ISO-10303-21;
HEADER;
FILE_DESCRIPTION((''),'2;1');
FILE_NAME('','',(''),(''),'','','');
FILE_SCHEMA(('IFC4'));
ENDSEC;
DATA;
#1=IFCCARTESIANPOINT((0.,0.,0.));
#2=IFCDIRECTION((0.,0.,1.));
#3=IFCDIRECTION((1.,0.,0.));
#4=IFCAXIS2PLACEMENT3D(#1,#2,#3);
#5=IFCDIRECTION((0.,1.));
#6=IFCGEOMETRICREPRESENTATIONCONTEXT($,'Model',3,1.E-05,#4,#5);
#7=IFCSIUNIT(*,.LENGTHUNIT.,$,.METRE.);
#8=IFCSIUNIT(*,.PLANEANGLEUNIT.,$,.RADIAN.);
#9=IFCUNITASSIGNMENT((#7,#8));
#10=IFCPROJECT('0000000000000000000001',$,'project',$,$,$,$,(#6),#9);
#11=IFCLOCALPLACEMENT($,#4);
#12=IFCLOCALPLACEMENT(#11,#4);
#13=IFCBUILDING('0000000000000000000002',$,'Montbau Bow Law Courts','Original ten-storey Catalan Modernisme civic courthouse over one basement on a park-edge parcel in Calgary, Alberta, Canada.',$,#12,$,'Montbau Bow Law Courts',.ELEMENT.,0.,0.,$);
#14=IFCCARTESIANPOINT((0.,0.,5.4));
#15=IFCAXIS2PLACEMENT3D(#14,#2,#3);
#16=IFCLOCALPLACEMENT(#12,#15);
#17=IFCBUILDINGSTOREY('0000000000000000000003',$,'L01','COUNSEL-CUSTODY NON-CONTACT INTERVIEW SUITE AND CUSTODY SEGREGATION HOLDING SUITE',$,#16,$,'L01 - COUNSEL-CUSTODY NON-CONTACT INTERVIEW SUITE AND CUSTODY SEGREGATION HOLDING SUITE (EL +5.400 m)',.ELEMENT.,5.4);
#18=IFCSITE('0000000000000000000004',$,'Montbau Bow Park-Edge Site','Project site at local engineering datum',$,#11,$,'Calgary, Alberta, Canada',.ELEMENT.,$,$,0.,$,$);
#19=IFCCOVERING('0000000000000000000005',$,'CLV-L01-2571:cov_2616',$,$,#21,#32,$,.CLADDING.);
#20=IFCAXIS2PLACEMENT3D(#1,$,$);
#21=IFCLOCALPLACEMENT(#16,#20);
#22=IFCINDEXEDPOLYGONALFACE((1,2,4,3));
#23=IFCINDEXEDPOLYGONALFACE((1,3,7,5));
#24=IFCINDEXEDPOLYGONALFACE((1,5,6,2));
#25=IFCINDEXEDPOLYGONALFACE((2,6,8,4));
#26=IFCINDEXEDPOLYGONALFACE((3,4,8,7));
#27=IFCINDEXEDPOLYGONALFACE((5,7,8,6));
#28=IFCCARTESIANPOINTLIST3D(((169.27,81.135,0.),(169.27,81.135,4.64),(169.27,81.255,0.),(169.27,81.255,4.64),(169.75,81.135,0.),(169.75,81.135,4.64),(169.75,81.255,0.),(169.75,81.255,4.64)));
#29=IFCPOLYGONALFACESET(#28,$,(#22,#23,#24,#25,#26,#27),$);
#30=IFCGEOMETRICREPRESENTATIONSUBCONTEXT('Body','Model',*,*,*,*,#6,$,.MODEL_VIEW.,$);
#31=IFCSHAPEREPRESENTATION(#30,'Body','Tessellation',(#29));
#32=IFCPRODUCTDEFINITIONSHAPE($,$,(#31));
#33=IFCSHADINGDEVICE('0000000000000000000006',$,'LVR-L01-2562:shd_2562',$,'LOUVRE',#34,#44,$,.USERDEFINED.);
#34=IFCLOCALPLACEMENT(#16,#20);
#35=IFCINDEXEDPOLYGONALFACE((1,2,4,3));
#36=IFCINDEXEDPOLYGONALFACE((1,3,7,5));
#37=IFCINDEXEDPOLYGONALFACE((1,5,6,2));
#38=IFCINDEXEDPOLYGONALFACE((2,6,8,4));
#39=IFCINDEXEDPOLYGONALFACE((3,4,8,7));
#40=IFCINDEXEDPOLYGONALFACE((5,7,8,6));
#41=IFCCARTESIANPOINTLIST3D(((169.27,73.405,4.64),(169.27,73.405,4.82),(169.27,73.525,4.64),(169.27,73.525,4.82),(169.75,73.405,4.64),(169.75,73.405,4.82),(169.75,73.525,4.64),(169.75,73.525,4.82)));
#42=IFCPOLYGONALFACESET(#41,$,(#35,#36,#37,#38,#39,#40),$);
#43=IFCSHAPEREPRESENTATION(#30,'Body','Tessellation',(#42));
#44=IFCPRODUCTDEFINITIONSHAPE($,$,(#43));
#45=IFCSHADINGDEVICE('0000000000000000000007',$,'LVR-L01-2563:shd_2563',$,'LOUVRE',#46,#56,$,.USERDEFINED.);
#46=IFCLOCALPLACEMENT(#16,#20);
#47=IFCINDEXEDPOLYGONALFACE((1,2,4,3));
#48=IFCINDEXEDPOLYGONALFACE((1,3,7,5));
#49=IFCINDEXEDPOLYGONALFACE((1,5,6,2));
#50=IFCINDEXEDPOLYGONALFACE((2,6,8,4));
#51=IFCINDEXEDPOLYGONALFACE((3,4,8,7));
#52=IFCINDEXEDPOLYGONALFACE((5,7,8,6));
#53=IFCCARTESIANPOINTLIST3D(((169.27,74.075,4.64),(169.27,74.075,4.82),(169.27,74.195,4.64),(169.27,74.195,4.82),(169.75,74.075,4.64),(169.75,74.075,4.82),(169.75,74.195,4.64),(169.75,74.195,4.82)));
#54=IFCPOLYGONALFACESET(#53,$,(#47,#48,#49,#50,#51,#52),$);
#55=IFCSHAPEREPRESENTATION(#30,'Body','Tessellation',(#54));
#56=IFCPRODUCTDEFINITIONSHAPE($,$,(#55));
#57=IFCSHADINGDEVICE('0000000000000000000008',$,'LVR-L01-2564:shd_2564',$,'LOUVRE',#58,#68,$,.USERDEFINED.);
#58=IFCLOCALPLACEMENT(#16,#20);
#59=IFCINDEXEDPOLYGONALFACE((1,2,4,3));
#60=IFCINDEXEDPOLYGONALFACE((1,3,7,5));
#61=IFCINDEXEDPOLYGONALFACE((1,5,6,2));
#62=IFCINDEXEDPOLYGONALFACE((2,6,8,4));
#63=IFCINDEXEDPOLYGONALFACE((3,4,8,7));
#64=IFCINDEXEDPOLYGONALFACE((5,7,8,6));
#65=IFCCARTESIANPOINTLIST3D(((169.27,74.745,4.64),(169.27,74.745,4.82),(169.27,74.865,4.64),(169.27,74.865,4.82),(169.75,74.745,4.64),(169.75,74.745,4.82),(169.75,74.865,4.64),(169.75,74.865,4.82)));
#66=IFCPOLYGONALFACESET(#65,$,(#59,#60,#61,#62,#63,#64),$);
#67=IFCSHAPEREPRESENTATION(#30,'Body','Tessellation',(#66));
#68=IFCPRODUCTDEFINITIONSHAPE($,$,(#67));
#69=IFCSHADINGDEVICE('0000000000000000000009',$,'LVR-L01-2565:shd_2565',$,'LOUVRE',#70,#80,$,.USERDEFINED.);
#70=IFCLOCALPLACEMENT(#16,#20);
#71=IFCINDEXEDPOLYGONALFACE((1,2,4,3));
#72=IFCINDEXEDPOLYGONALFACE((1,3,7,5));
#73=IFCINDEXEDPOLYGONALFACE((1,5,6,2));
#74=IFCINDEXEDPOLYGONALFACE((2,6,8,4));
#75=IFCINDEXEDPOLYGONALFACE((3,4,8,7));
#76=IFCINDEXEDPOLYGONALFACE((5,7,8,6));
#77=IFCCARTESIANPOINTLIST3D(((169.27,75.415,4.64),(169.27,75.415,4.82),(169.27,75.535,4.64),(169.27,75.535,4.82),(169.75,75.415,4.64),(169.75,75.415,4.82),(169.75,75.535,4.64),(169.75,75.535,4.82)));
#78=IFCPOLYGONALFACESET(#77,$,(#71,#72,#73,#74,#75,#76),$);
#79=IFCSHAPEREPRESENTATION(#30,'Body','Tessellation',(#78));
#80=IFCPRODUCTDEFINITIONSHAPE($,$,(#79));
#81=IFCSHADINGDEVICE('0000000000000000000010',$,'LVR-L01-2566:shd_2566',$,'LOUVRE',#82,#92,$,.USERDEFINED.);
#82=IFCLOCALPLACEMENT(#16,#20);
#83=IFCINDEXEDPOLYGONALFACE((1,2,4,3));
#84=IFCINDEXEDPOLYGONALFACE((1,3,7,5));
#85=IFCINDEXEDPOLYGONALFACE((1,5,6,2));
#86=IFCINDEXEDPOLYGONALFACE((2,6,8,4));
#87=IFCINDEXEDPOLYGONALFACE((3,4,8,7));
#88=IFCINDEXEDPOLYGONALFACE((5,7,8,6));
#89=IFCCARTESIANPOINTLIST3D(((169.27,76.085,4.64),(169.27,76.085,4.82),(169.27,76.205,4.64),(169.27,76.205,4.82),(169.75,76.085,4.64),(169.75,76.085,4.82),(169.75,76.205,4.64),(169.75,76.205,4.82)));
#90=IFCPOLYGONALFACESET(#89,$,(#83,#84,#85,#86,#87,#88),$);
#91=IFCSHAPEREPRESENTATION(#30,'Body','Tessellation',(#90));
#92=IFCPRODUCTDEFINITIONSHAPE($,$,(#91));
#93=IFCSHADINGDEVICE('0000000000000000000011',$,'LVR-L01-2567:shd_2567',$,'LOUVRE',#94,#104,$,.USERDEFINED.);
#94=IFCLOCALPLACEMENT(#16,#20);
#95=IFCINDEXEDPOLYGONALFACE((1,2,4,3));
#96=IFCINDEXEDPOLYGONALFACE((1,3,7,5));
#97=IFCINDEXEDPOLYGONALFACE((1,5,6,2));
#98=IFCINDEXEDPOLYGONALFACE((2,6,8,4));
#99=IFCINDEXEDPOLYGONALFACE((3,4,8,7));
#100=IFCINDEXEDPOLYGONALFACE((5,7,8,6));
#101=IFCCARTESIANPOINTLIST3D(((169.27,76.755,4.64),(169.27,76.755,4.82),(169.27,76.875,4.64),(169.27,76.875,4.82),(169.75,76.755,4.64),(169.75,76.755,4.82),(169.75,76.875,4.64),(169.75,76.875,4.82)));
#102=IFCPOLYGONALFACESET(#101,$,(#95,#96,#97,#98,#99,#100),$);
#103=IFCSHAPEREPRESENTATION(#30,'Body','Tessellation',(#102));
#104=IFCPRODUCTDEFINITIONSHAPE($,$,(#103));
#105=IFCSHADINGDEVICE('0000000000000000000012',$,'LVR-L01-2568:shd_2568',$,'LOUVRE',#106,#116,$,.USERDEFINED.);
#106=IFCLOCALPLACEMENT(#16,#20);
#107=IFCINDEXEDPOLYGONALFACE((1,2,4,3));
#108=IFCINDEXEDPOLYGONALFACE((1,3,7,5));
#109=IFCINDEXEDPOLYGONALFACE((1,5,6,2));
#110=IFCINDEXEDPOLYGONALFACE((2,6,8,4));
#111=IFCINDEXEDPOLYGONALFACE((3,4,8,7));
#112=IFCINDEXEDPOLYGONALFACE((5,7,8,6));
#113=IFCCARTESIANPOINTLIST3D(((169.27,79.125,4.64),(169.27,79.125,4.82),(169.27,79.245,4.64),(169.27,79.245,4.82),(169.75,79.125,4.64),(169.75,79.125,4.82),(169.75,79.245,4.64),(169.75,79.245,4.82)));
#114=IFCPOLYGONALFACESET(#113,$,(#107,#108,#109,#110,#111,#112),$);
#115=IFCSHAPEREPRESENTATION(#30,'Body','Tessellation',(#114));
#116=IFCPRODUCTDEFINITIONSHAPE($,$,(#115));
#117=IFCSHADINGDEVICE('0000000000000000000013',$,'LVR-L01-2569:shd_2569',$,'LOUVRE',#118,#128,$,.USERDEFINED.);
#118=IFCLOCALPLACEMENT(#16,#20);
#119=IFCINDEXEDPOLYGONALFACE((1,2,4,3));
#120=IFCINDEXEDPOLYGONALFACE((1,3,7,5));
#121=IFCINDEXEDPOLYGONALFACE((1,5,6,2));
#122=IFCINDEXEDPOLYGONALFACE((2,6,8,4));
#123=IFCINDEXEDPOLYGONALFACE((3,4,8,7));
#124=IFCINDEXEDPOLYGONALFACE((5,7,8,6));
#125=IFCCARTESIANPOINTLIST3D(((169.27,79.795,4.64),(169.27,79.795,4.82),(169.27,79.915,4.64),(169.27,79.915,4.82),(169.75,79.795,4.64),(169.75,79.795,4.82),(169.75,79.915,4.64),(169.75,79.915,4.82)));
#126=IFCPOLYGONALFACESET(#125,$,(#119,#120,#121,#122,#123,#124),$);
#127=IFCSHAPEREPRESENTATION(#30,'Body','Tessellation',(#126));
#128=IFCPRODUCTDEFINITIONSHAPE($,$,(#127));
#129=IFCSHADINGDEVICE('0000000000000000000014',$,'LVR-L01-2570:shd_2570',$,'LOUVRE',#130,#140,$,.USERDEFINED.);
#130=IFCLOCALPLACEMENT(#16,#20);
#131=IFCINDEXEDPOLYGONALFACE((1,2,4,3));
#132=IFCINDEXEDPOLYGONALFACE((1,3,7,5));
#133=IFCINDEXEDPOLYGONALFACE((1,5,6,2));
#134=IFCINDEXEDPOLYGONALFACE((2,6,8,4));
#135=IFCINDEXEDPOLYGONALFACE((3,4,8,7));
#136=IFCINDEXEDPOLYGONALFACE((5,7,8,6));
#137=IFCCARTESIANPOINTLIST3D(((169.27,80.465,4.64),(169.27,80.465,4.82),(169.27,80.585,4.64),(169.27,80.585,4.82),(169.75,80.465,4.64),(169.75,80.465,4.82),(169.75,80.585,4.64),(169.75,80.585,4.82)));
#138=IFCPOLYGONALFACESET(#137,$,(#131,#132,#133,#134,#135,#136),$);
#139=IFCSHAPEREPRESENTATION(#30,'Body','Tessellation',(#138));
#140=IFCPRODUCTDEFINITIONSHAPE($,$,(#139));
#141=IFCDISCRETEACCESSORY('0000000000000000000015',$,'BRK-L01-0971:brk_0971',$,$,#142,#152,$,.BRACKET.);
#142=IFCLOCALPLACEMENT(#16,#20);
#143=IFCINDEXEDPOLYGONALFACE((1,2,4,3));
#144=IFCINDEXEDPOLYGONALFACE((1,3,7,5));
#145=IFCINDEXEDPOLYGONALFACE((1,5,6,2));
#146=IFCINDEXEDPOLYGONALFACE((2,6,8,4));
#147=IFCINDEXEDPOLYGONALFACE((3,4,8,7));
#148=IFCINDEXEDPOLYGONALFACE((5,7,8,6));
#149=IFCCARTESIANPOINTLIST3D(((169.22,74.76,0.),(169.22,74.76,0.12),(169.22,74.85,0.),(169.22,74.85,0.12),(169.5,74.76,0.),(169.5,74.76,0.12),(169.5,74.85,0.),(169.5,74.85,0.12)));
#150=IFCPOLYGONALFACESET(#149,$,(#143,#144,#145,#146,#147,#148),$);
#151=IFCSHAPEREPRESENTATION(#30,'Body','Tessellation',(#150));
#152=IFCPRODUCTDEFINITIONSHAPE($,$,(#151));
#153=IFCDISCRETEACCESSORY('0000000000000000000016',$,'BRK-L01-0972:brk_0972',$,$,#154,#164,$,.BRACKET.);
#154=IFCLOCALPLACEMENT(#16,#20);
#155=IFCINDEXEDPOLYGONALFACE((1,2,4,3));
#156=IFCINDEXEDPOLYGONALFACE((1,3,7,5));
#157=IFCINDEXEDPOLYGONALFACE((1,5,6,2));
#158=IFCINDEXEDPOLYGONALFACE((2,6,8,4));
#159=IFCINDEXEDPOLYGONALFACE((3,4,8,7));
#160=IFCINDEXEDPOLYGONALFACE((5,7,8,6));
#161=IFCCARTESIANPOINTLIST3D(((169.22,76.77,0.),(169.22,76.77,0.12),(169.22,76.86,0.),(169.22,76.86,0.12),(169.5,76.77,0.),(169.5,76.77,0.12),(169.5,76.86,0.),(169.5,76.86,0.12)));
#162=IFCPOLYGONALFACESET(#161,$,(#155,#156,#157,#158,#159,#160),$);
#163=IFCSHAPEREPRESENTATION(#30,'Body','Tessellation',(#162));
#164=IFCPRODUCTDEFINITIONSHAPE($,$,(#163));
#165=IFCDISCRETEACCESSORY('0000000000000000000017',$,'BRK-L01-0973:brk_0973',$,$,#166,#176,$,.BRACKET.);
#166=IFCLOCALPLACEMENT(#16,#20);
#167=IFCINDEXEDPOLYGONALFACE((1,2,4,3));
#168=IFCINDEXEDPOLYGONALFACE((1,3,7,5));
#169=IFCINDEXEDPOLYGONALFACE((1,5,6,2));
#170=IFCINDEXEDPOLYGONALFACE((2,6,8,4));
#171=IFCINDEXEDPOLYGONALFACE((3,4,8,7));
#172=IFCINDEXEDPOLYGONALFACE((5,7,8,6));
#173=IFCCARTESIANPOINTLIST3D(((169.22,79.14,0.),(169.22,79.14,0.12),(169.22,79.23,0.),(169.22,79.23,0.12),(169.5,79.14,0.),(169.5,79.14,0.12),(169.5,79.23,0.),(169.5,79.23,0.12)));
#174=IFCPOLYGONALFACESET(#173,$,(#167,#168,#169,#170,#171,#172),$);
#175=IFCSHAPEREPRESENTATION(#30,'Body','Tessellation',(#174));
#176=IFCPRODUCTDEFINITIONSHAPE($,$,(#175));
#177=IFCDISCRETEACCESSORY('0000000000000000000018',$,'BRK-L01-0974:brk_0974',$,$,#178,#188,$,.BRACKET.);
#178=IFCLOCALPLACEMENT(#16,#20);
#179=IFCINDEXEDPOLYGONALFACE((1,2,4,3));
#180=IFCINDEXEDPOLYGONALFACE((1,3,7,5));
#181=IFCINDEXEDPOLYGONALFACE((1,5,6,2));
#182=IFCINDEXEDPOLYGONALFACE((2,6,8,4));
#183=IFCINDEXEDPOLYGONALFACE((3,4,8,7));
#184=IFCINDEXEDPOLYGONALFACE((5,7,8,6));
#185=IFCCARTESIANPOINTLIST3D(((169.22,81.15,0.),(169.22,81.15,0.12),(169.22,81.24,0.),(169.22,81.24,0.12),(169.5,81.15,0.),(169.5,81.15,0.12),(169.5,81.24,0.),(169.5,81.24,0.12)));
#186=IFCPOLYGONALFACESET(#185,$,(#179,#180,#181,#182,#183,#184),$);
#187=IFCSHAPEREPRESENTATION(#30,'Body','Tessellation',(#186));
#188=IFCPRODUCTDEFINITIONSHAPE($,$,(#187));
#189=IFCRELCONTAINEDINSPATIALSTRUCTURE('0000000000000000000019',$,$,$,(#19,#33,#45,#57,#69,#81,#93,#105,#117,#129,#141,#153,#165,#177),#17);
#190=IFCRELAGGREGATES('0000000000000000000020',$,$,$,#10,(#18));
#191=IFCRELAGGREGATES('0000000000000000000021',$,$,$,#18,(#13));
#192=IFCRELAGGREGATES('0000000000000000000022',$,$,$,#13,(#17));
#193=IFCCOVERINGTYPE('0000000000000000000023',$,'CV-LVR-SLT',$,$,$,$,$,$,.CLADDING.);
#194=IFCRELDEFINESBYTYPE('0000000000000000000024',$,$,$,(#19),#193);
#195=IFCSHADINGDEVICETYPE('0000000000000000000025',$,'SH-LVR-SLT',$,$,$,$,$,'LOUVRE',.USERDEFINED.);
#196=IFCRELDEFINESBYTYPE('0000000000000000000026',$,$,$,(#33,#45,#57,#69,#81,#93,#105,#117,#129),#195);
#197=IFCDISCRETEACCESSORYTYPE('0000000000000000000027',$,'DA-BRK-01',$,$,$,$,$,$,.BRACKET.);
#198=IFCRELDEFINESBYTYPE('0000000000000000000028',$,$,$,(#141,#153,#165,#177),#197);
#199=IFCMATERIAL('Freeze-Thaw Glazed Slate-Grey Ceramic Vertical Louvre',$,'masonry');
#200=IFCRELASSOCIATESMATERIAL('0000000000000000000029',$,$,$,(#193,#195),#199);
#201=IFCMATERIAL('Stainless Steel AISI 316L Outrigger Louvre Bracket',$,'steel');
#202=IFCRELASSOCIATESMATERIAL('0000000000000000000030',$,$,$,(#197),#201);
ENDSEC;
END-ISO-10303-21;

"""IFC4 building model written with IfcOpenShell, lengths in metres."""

from ifc_helpers import new_model, si_unit, direction, frame, frame_2d, origin_with_axes, origin_2d_with_axis, place, context, subcontext, project, spatial, rectangle, extrude, material, type_object, element, save


model = new_model("IFC4")

# Units and contexts
model_context = context("Model", 3, precision=1e-05, world=origin_with_axes(), true_north=direction((0.0, 1.0)))
body_context = subcontext(model_context, "Body", "Model", "MODEL_VIEW")
ifc_project = project(units=[si_unit("LENGTHUNIT", "METRE"), si_unit("PLANEANGLEUNIT", "RADIAN")], contexts=[model_context])

# Site, building, storey
site_placement = place(None, origin_with_axes())
site = spatial("IfcSite", under=ifc_project, at=site_placement, Name="Montbau Bow Park-Edge Site", Description="Project site at local engineering datum", LongName="Calgary, Alberta, Canada", CompositionType="ELEMENT", RefElevation=0.0)
building_placement = place(site_placement, origin_with_axes())
building = spatial("IfcBuilding", under=site, at=building_placement, Name="Montbau Bow Law Courts", Description="Original ten-storey Catalan Modernisme civic courthouse over one basement on a park-edge parcel in Calgary, Alberta, Canada.", LongName="Montbau Bow Law Courts", CompositionType="ELEMENT", ElevationOfRefHeight=0.0, ElevationOfTerrain=0.0)
storey_placement = place(building_placement, frame((0.0, 0.0, 5.4), z_axis=(0.0, 0.0, 1.0), x_axis=(1.0, 0.0, 0.0)))
storey = spatial("IfcBuildingStorey", under=building, at=storey_placement, Name="L01", Description="COUNSEL-CUSTODY NON-CONTACT INTERVIEW SUITE AND CUSTODY SEGREGATION HOLDING SUITE", LongName="L01 - COUNSEL-CUSTODY NON-CONTACT INTERVIEW SUITE AND CUSTODY SEGREGATION HOLDING SUITE (EL +5.400 m)", CompositionType="ELEMENT", Elevation=5.4)

# Covering
ifc_material_1 = material(Name="Freeze-Thaw Glazed Slate-Grey Ceramic Vertical Louvre", Category="masonry")
covering_type = type_object("IfcCoveringType", Name="CV-LVR-SLT", PredefinedType="CLADDING", material=ifc_material_1)
for number, where, z_axis, x_axis, name in (
    (1, (169.27, 81.195, 5.4), (0.0, -1.0, 0.0), (1.0, 0.0, 0.0), "CLV-L01-2571:cov_2616"),
):
    element("IfcCovering", number, at=place(None, frame(where, z_axis=z_axis, x_axis=x_axis)), inside=storey, type_object=covering_type, Name=name, PredefinedType="CLADDING", context=body_context, shape_type="SweptSolid", body=[
        extrude(rectangle(XDim=0.48, YDim=4.64, at=frame_2d((0.24, 2.32), x_axis=(1.0, 0.0))), frame((0.0, 0.0, -0.06), z_axis=(0.0, 0.0, 1.0), x_axis=(1.0, 0.0, 0.0)), (0.0, 0.0, 1.0), 0.12),
    ])

# Shading devices
shading_device_type = type_object("IfcShadingDeviceType", Name="SH-LVR-SLT", ElementType="LOUVRE", PredefinedType="USERDEFINED", material=ifc_material_1)
for number, where, z_axis, x_axis, name in (
    (2, (169.51, 73.465, 10.04), (0.0, 0.0, 1.0), (1.0, 0.0, 0.0), "LVR-L01-2562:shd_2562"),
    (3, (169.51, 74.135, 10.04), (0.0, 0.0, 1.0), (1.0, 0.0, 0.0), "LVR-L01-2563:shd_2563"),
    (4, (169.51, 74.805, 10.04), (0.0, 0.0, 1.0), (1.0, 0.0, 0.0), "LVR-L01-2564:shd_2564"),
    (5, (169.51, 75.475, 10.04), (0.0, 0.0, 1.0), (1.0, 0.0, 0.0), "LVR-L01-2565:shd_2565"),
    (6, (169.51, 76.145, 10.04), (0.0, 0.0, 1.0), (1.0, 0.0, 0.0), "LVR-L01-2566:shd_2566"),
    (7, (169.51, 76.815, 10.04), (0.0, 0.0, 1.0), (1.0, 0.0, 0.0), "LVR-L01-2567:shd_2567"),
    (8, (169.51, 79.185, 10.04), (0.0, 0.0, 1.0), (1.0, 0.0, 0.0), "LVR-L01-2568:shd_2568"),
    (9, (169.51, 79.855, 10.04), (0.0, 0.0, 1.0), (1.0, 0.0, 0.0), "LVR-L01-2569:shd_2569"),
    (10, (169.51, 80.525, 10.04), (0.0, 0.0, 1.0), (1.0, 0.0, 0.0), "LVR-L01-2570:shd_2570"),
):
    element("IfcShadingDevice", number, at=place(None, frame(where, z_axis=z_axis, x_axis=x_axis)), inside=storey, type_object=shading_device_type, Name=name, ObjectType="LOUVRE", PredefinedType="USERDEFINED", context=body_context, shape_type="SweptSolid", body=[
        extrude(rectangle(XDim=0.48, YDim=0.12, at=origin_2d_with_axis()), origin_with_axes(), (0.0, 0.0, 1.0), 0.18),
    ])

# Discrete accessories
ifc_material_2 = material(Name="Stainless Steel AISI 316L Outrigger Louvre Bracket", Category="steel")
discrete_accessory_type = type_object("IfcDiscreteAccessoryType", Name="DA-BRK-01", PredefinedType="BRACKET", material=ifc_material_2)
for number, where, z_axis, x_axis, name in (
    (11, (169.36, 74.805, 5.4), (0.0, 0.0, 1.0), (1.0, 0.0, 0.0), "BRK-L01-0971:brk_0971"),
    (12, (169.36, 76.815, 5.4), (0.0, 0.0, 1.0), (1.0, 0.0, 0.0), "BRK-L01-0972:brk_0972"),
    (13, (169.36, 79.185, 5.4), (0.0, 0.0, 1.0), (1.0, 0.0, 0.0), "BRK-L01-0973:brk_0973"),
    (14, (169.36, 81.195, 5.4), (0.0, 0.0, 1.0), (1.0, 0.0, 0.0), "BRK-L01-0974:brk_0974"),
):
    element("IfcDiscreteAccessory", number, at=place(None, frame(where, z_axis=z_axis, x_axis=x_axis)), inside=storey, type_object=discrete_accessory_type, Name=name, PredefinedType="BRACKET", context=body_context, shape_type="SweptSolid", body=[
        extrude(rectangle(XDim=0.28, YDim=0.09, at=origin_2d_with_axis()), origin_with_axes(), (0.0, 0.0, 1.0), 0.12),
    ])

save(model, "model.ifc")
